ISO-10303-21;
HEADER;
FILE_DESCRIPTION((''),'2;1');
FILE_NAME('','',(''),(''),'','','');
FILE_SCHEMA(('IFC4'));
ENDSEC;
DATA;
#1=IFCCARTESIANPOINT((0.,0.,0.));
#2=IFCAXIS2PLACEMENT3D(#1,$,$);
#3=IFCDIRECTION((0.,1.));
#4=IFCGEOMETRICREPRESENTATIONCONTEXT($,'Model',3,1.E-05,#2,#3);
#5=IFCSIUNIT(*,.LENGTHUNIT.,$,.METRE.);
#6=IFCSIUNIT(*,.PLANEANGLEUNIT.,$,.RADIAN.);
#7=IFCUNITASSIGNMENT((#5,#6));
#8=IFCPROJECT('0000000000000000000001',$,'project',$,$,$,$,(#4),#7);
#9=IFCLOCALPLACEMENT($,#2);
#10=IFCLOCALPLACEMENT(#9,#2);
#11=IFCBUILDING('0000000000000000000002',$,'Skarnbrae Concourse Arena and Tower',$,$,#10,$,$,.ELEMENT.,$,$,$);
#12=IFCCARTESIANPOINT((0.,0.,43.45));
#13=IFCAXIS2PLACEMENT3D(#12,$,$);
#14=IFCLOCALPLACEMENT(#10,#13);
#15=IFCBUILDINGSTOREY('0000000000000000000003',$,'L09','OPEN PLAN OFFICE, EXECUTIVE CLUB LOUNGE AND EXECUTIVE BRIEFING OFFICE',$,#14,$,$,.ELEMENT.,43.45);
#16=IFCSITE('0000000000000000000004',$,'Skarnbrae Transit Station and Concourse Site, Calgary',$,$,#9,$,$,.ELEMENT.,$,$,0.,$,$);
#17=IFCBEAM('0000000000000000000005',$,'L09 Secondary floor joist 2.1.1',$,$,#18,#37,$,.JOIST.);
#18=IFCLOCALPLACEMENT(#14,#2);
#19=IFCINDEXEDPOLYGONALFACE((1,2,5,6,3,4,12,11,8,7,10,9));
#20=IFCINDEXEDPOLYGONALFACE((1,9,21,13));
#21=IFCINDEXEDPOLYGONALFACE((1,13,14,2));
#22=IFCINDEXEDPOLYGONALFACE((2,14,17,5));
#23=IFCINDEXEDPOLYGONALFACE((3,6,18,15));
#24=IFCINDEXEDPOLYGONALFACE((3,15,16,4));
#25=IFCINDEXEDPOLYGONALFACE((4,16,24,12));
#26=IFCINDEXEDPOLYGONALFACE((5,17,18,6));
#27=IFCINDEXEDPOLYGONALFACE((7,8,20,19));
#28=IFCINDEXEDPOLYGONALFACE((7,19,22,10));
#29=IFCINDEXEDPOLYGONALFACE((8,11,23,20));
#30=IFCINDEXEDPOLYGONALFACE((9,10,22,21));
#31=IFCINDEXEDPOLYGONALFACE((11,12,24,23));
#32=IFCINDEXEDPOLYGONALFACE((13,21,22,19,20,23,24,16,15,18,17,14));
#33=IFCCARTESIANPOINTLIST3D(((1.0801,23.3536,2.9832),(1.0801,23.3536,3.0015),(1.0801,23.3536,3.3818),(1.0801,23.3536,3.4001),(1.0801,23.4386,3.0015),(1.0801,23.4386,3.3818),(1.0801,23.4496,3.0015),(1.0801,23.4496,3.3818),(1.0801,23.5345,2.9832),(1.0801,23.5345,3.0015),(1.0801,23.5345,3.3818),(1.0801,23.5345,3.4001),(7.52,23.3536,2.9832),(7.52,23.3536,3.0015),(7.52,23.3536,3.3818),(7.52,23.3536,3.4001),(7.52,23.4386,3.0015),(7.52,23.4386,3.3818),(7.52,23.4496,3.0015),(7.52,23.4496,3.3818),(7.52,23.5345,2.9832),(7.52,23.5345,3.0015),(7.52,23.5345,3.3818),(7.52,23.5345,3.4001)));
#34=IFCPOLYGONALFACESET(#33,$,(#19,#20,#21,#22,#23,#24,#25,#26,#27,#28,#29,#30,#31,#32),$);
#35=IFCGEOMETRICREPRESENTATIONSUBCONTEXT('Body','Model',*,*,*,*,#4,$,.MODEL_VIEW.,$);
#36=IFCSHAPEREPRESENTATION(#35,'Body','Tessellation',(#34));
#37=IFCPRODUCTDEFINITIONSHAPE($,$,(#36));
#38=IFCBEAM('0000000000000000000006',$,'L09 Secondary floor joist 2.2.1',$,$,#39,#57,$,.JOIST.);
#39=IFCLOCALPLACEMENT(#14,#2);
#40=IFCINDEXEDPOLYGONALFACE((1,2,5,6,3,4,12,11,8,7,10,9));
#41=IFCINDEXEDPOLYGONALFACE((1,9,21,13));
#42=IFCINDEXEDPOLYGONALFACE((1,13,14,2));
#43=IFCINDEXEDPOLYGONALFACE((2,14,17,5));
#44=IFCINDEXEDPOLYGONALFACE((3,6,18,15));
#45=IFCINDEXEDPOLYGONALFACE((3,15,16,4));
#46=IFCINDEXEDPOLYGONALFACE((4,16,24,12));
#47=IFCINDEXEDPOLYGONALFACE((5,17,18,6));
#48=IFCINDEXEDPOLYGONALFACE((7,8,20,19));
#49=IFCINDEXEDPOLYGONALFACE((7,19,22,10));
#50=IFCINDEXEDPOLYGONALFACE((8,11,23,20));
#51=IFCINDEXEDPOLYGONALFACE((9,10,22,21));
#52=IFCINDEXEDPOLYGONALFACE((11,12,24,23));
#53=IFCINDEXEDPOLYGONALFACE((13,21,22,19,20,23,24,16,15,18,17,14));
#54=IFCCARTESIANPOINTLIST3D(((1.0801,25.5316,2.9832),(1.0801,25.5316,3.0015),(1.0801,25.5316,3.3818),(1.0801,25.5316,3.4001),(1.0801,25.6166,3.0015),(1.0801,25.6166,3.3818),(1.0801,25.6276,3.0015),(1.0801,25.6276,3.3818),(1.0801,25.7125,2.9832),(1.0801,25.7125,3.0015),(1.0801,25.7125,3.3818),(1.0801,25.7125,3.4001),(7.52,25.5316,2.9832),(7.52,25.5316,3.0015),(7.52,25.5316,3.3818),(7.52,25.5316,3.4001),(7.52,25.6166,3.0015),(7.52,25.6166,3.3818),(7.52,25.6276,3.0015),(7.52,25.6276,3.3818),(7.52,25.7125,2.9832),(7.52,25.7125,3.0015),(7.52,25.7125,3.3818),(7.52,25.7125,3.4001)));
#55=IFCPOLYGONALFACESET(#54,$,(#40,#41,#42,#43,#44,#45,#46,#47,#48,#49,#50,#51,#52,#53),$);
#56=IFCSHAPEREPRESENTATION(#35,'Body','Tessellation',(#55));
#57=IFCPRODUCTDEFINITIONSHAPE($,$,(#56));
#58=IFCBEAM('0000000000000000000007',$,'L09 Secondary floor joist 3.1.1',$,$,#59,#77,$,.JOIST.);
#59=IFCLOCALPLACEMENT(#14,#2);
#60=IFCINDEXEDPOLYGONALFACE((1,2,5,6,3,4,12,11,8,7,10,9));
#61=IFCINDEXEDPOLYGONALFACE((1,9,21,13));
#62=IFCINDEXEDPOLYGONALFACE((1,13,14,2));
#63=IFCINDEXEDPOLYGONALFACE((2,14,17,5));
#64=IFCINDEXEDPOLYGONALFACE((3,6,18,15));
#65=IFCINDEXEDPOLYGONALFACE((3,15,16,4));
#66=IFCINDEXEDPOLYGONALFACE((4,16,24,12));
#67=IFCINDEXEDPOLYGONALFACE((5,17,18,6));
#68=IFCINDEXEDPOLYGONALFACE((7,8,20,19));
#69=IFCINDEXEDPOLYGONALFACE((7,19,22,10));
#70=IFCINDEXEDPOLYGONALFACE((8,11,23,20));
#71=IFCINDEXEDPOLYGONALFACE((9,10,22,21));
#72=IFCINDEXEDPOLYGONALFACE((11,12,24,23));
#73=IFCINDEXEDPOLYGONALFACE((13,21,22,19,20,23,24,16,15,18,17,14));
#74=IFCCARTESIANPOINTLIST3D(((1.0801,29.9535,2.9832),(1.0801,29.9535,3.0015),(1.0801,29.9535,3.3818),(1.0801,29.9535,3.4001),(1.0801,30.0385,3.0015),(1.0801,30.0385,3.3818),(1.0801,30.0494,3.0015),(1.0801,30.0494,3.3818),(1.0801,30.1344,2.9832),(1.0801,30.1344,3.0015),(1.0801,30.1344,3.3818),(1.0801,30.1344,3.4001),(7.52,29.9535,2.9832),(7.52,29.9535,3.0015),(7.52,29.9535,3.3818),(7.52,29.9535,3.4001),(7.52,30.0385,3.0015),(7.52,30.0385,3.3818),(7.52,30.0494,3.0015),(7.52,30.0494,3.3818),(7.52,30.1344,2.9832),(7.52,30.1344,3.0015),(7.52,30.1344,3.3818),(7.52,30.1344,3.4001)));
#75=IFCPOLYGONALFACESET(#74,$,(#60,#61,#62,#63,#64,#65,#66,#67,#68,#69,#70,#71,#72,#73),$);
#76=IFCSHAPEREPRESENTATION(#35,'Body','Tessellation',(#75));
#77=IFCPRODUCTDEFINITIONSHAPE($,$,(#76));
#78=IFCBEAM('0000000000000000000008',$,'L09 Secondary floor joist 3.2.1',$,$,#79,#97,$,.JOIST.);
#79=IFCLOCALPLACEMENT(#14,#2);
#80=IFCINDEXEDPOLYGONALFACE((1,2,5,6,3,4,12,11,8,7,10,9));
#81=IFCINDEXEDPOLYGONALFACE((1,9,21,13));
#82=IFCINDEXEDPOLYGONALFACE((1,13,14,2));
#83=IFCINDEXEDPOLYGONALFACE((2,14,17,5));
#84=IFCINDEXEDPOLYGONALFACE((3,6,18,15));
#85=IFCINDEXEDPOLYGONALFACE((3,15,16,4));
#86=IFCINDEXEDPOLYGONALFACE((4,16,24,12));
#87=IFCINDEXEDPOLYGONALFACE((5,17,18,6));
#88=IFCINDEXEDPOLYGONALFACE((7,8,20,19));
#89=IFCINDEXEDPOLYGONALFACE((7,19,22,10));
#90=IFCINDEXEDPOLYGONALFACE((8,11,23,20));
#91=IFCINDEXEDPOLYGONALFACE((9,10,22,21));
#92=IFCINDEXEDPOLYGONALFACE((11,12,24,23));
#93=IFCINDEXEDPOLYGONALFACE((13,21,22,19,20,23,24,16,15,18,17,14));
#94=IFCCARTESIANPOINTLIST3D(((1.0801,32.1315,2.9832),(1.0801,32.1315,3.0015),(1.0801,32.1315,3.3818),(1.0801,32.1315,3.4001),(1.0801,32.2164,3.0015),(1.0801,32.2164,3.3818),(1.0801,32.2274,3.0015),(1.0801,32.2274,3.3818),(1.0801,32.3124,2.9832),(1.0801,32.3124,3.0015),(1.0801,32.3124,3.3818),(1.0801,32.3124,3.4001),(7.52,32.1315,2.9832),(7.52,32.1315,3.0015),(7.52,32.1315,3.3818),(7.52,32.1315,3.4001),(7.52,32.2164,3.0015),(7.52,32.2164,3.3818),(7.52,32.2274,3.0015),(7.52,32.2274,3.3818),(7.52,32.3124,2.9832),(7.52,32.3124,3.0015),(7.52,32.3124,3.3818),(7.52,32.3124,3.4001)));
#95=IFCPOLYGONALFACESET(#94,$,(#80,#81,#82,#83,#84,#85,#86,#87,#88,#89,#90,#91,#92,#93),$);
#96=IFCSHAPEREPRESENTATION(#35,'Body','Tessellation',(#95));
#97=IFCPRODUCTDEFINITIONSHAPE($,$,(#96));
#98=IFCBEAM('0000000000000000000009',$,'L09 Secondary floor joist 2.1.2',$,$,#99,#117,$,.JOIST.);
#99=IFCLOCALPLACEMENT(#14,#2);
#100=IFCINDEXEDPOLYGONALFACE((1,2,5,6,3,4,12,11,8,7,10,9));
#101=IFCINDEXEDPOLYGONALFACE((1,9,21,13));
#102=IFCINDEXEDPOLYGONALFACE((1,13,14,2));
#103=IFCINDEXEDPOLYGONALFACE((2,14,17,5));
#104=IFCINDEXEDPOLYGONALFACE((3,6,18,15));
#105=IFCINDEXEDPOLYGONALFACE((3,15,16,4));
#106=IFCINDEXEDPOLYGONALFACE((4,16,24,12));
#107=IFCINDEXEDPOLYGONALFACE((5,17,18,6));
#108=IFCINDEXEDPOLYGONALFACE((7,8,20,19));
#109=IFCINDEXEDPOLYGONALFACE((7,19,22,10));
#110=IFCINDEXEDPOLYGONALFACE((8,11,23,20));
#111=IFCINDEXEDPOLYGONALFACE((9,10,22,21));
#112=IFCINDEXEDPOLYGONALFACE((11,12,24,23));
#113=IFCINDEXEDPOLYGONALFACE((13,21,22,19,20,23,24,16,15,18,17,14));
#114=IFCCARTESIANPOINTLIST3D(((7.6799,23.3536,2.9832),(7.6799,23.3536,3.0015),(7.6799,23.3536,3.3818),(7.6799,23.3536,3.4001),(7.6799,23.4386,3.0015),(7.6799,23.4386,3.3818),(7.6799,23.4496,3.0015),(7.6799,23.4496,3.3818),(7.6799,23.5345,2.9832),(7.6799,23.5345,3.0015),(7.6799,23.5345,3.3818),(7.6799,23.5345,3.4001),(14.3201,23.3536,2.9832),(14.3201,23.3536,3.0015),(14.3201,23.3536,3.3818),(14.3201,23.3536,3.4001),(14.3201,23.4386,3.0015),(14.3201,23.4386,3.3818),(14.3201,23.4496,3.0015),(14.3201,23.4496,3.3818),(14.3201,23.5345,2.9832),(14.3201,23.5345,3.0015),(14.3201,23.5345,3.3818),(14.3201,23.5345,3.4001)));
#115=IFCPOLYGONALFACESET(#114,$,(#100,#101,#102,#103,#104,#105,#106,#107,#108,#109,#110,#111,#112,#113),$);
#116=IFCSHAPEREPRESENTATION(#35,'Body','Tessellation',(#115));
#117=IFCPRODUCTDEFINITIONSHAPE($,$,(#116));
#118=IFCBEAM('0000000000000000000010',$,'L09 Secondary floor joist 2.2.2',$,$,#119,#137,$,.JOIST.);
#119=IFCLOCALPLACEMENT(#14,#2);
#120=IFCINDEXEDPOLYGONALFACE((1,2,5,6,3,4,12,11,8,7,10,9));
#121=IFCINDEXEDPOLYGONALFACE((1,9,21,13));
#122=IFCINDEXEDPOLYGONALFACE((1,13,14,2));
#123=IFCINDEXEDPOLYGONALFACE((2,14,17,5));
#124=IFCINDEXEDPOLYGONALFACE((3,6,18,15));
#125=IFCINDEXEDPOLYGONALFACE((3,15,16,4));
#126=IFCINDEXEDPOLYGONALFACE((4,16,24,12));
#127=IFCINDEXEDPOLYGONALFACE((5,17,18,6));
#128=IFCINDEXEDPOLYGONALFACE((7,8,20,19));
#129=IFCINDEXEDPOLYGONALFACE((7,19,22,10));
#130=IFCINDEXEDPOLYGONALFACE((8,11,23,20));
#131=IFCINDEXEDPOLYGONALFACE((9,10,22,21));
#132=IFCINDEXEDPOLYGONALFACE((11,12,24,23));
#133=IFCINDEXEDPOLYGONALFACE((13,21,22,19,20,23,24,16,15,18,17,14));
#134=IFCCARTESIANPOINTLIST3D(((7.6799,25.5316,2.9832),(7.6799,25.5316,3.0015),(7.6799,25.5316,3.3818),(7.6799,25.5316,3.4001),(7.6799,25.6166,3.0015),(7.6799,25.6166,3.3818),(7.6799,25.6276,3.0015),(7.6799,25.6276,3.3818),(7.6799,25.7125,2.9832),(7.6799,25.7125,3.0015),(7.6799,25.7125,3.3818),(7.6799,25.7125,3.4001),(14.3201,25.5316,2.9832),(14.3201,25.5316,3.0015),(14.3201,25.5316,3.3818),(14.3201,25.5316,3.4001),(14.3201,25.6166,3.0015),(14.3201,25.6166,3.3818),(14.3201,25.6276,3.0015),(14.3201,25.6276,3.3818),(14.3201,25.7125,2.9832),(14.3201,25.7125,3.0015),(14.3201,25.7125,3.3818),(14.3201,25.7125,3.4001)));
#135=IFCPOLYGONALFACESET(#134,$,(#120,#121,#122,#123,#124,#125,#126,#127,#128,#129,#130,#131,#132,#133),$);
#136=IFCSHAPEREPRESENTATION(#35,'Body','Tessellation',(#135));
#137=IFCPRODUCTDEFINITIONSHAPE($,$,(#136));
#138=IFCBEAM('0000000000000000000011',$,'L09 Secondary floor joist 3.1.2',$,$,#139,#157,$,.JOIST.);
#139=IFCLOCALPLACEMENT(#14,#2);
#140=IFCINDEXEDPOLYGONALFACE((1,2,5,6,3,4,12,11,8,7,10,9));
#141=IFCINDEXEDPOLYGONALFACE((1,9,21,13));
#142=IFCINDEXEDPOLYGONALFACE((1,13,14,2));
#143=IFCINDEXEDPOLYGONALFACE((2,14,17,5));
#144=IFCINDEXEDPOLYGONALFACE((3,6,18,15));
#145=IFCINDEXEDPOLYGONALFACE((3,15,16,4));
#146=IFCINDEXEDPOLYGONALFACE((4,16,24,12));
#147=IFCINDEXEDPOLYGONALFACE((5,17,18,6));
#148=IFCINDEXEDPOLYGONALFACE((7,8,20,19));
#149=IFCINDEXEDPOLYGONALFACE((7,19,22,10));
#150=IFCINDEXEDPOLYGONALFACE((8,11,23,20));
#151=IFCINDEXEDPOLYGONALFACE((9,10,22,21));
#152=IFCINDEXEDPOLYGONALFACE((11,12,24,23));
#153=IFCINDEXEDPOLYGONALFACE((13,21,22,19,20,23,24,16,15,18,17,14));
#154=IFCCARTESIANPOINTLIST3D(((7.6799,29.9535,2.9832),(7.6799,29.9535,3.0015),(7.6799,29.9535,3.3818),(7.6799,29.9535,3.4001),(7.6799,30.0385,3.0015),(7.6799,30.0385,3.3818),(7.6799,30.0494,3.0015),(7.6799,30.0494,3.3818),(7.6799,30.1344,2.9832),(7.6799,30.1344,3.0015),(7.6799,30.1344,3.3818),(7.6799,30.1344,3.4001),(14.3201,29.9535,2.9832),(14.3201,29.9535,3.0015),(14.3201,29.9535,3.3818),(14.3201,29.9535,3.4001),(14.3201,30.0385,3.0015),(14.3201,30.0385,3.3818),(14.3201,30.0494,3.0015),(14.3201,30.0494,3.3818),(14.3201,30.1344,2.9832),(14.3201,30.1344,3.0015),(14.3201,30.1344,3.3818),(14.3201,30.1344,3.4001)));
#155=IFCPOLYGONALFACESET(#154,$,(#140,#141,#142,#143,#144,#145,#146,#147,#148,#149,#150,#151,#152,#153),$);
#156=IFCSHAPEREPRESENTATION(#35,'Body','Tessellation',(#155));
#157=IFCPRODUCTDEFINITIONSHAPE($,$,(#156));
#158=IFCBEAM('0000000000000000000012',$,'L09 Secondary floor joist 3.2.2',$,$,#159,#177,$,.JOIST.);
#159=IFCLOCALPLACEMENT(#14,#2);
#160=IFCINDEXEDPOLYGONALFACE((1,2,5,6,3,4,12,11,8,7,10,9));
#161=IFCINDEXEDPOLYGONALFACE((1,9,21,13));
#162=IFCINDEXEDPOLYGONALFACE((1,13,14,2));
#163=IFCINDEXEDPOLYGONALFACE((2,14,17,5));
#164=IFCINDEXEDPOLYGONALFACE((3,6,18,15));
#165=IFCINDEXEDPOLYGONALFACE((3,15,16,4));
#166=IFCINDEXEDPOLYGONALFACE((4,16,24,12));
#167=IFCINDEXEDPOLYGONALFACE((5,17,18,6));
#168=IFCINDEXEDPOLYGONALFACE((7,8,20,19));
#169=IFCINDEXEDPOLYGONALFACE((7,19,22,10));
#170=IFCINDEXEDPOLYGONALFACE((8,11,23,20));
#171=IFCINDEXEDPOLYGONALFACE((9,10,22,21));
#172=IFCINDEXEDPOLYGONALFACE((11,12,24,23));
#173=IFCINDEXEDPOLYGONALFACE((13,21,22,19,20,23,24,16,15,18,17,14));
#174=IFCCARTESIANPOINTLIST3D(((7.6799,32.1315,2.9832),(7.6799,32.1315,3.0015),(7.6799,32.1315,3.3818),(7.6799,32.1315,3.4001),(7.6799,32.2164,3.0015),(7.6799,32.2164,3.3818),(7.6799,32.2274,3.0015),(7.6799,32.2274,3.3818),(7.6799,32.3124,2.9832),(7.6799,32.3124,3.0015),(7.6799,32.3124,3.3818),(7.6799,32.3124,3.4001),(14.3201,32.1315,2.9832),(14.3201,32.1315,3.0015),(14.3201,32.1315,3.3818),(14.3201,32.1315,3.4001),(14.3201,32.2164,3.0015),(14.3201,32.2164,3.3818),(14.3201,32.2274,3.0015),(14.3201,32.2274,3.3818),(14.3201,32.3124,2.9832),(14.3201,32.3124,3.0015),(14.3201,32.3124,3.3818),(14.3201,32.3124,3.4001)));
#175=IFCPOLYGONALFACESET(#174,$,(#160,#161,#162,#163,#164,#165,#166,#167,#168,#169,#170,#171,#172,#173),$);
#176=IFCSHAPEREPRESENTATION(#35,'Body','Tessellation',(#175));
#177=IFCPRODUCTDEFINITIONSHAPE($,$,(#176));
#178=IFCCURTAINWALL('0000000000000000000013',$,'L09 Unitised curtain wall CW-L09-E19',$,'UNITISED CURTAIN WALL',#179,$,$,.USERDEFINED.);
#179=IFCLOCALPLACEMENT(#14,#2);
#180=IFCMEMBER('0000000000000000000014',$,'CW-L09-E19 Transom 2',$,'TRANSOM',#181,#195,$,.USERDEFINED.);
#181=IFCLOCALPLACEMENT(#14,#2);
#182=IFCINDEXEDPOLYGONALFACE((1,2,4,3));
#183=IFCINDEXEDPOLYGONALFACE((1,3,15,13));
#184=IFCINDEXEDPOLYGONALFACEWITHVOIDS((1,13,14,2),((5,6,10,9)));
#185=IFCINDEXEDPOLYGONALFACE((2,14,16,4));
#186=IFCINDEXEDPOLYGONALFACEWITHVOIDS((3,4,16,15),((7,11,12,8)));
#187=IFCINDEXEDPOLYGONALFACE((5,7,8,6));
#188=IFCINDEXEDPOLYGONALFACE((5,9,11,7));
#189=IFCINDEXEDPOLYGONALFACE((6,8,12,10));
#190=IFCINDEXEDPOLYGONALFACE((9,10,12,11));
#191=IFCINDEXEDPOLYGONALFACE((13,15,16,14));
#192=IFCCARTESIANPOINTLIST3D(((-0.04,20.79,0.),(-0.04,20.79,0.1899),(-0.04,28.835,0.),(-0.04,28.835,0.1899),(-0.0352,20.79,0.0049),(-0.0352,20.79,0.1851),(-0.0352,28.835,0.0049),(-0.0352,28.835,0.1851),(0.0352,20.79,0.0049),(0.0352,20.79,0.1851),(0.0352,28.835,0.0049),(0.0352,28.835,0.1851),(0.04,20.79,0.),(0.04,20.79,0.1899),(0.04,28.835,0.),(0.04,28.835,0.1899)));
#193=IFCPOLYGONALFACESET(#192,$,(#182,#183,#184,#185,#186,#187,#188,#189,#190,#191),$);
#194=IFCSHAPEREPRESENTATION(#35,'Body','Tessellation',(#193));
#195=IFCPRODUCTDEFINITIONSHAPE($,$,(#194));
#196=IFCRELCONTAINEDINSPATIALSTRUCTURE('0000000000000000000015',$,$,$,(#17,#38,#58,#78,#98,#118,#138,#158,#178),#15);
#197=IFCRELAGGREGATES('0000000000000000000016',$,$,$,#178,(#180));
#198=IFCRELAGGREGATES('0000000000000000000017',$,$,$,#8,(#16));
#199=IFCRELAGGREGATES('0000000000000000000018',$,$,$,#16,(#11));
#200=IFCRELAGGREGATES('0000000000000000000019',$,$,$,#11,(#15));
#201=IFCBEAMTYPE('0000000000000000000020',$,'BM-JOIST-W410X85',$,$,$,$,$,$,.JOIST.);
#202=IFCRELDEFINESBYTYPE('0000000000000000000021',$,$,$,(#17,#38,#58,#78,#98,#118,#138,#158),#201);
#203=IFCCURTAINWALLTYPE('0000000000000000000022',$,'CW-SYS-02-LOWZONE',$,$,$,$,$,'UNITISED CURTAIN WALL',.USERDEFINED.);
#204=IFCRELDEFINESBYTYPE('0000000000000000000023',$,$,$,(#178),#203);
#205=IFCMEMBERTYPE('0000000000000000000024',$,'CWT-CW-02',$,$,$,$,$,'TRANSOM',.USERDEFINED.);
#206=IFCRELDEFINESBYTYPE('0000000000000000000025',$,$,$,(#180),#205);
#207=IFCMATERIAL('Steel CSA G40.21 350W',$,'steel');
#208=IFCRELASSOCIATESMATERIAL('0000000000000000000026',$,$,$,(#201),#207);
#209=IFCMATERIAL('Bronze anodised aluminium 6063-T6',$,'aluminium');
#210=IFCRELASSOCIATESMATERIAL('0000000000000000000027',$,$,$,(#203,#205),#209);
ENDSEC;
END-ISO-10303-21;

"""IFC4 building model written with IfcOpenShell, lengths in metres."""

from ifc_helpers import new_model, si_unit, direction, frame, origin, origin_2d, place, context, subcontext, project, spatial, hollow_rectangle, i_section, extrude, source, transform, mapped, material, material_profile, profile_set, type_object, element, aggregate, save


model = new_model("IFC4")

# Units and contexts
model_context = context("Model", 3, precision=1e-05, world=origin(), true_north=direction((0.0, 1.0)))
body_context = subcontext(model_context, "Body", "Model", "MODEL_VIEW")
ifc_project = project(units=[si_unit("LENGTHUNIT", "METRE"), si_unit("PLANEANGLEUNIT", "RADIAN")], contexts=[model_context])

# Site, building, storey
site_placement = place(None, origin())
site = spatial("IfcSite", under=ifc_project, at=site_placement, Name="Skarnbrae Transit Station and Concourse Site, Calgary", CompositionType="ELEMENT", RefElevation=0.0)
building_placement = place(site_placement, origin())
building = spatial("IfcBuilding", under=site, at=building_placement, Name="Skarnbrae Concourse Arena and Tower", CompositionType="ELEMENT")
storey_placement = place(building_placement, frame((0.0, 0.0, 43.45)))
storey = spatial("IfcBuildingStorey", under=building, at=storey_placement, Name="L09", Description="OPEN PLAN OFFICE, EXECUTIVE CLUB LOUNGE AND EXECUTIVE BRIEFING OFFICE", CompositionType="ELEMENT", Elevation=43.45)

# Shared definitions
ifc_material_1 = material(Name="Steel CSA G40.21 350W", Category="steel")

# Beams
ifc_material_profile_1 = material_profile(ifc_material_1, i_section(OverallWidth=0.1809, OverallDepth=0.417, WebThickness=0.011, FlangeThickness=0.0183, at=origin_2d()), Name="W410X85")
ifc_profile_set_1 = profile_set([ifc_material_profile_1], Name="Steel CSA G40.21 350W")
beam_type_1 = type_object("IfcBeamType", Name="BM-JOIST-W410X85", PredefinedType="JOIST", material=ifc_profile_set_1)
shared_shape_1 = source(origin(), body_context, "Body", "SweptSolid", [
    extrude(i_section(OverallWidth=0.1809, OverallDepth=0.417, WebThickness=0.011, FlangeThickness=0.0183, at=origin_2d()), origin(), (0.0, 0.0, 1.0), 6.4399),
])
for number, where, z_axis, x_axis, name in (
    (1, (1.0801, 23.4441, 3.1917), (1.0, 0.0, 0.0), (0.0, 1.0, 0.0), "L09 Secondary floor joist 2.1.1"),
    (2, (1.0801, 25.6221, 3.1917), (1.0, 0.0, 0.0), (0.0, 1.0, 0.0), "L09 Secondary floor joist 2.2.1"),
    (3, (1.0801, 30.0439, 3.1917), (1.0, 0.0, 0.0), (0.0, 1.0, 0.0), "L09 Secondary floor joist 3.1.1"),
    (4, (1.0801, 32.2219, 3.1917), (1.0, 0.0, 0.0), (0.0, 1.0, 0.0), "L09 Secondary floor joist 3.2.1"),
):
    element("IfcBeam", number, at=place(storey_placement, frame(where, z_axis=z_axis, x_axis=x_axis)), inside=storey, type_object=beam_type_1, Name=name, PredefinedType="JOIST", context=body_context, shape_type="MappedRepresentation", body=[
        mapped(shared_shape_1, transform((0.0, 0.0, 0.0))),
    ])
shared_shape_2 = source(origin(), body_context, "Body", "SweptSolid", [
    extrude(i_section(OverallWidth=0.1809, OverallDepth=0.417, WebThickness=0.011, FlangeThickness=0.0183, at=origin_2d()), origin(), (0.0, 0.0, 1.0), 6.6401),
])
for number, where, z_axis, x_axis, name in (
    (5, (7.6799, 23.4441, 3.1917), (1.0, 0.0, 0.0), (0.0, 1.0, 0.0), "L09 Secondary floor joist 2.1.2"),
    (6, (7.6799, 25.6221, 3.1917), (1.0, 0.0, 0.0), (0.0, 1.0, 0.0), "L09 Secondary floor joist 2.2.2"),
    (7, (7.6799, 30.0439, 3.1917), (1.0, 0.0, 0.0), (0.0, 1.0, 0.0), "L09 Secondary floor joist 3.1.2"),
    (8, (7.6799, 32.2219, 3.1917), (1.0, 0.0, 0.0), (0.0, 1.0, 0.0), "L09 Secondary floor joist 3.2.2"),
):
    element("IfcBeam", number, at=place(storey_placement, frame(where, z_axis=z_axis, x_axis=x_axis)), inside=storey, type_object=beam_type_1, Name=name, PredefinedType="JOIST", context=body_context, shape_type="MappedRepresentation", body=[
        mapped(shared_shape_2, transform((0.0, 0.0, 0.0))),
    ])

# Curtain wall, member
ifc_material_2 = material(Name="Bronze anodised aluminium 6063-T6", Category="aluminium")
curtain_wall_type = type_object("IfcCurtainWallType", Name="CW-SYS-02-LOWZONE", ElementType="UNITISED CURTAIN WALL", PredefinedType="USERDEFINED", material=ifc_material_2)
curtain_wall_placement = place(storey_placement, origin())
curtain_wall = element("IfcCurtainWall", 9, at=curtain_wall_placement, inside=storey, type_object=curtain_wall_type, Name="L09 Unitised curtain wall CW-L09-E19", ObjectType="UNITISED CURTAIN WALL", PredefinedType="USERDEFINED")
ifc_material_profile_2 = material_profile(ifc_material_2, hollow_rectangle(XDim=0.0801, YDim=0.1899, WallThickness=0.0049, at=origin_2d()), Name="ALU-TRAN-80X190")
ifc_profile_set_2 = profile_set([ifc_material_profile_2], Name="Bronze anodised aluminium 6063-T6")
member_type_1 = type_object("IfcMemberType", Name="CWT-CW-02", ElementType="TRANSOM", PredefinedType="USERDEFINED", material=ifc_profile_set_2)
shared_shape_3 = source(origin(), body_context, "Body", "SweptSolid", [
    extrude(hollow_rectangle(XDim=0.0801, YDim=0.1899, WallThickness=0.0049, at=origin_2d()), origin(), (0.0, 0.0, 1.0), 8.0449),
])
member_1_placement = place(storey_placement, frame((0.0, 28.835, 0.095), z_axis=(0.0, -1.0, 0.0), x_axis=(1.0, 0.0, 0.0)))
member_1 = element("IfcMember", 10, at=member_1_placement, type_object=member_type_1, Name="CW-L09-E19 Transom 2", ObjectType="TRANSOM", PredefinedType="USERDEFINED", context=body_context, shape_type="MappedRepresentation", body=[
    mapped(shared_shape_3, transform((0.0, 0.0, 0.0))),
])
aggregate(curtain_wall, [member_1])

save(model, "model.ifc")
